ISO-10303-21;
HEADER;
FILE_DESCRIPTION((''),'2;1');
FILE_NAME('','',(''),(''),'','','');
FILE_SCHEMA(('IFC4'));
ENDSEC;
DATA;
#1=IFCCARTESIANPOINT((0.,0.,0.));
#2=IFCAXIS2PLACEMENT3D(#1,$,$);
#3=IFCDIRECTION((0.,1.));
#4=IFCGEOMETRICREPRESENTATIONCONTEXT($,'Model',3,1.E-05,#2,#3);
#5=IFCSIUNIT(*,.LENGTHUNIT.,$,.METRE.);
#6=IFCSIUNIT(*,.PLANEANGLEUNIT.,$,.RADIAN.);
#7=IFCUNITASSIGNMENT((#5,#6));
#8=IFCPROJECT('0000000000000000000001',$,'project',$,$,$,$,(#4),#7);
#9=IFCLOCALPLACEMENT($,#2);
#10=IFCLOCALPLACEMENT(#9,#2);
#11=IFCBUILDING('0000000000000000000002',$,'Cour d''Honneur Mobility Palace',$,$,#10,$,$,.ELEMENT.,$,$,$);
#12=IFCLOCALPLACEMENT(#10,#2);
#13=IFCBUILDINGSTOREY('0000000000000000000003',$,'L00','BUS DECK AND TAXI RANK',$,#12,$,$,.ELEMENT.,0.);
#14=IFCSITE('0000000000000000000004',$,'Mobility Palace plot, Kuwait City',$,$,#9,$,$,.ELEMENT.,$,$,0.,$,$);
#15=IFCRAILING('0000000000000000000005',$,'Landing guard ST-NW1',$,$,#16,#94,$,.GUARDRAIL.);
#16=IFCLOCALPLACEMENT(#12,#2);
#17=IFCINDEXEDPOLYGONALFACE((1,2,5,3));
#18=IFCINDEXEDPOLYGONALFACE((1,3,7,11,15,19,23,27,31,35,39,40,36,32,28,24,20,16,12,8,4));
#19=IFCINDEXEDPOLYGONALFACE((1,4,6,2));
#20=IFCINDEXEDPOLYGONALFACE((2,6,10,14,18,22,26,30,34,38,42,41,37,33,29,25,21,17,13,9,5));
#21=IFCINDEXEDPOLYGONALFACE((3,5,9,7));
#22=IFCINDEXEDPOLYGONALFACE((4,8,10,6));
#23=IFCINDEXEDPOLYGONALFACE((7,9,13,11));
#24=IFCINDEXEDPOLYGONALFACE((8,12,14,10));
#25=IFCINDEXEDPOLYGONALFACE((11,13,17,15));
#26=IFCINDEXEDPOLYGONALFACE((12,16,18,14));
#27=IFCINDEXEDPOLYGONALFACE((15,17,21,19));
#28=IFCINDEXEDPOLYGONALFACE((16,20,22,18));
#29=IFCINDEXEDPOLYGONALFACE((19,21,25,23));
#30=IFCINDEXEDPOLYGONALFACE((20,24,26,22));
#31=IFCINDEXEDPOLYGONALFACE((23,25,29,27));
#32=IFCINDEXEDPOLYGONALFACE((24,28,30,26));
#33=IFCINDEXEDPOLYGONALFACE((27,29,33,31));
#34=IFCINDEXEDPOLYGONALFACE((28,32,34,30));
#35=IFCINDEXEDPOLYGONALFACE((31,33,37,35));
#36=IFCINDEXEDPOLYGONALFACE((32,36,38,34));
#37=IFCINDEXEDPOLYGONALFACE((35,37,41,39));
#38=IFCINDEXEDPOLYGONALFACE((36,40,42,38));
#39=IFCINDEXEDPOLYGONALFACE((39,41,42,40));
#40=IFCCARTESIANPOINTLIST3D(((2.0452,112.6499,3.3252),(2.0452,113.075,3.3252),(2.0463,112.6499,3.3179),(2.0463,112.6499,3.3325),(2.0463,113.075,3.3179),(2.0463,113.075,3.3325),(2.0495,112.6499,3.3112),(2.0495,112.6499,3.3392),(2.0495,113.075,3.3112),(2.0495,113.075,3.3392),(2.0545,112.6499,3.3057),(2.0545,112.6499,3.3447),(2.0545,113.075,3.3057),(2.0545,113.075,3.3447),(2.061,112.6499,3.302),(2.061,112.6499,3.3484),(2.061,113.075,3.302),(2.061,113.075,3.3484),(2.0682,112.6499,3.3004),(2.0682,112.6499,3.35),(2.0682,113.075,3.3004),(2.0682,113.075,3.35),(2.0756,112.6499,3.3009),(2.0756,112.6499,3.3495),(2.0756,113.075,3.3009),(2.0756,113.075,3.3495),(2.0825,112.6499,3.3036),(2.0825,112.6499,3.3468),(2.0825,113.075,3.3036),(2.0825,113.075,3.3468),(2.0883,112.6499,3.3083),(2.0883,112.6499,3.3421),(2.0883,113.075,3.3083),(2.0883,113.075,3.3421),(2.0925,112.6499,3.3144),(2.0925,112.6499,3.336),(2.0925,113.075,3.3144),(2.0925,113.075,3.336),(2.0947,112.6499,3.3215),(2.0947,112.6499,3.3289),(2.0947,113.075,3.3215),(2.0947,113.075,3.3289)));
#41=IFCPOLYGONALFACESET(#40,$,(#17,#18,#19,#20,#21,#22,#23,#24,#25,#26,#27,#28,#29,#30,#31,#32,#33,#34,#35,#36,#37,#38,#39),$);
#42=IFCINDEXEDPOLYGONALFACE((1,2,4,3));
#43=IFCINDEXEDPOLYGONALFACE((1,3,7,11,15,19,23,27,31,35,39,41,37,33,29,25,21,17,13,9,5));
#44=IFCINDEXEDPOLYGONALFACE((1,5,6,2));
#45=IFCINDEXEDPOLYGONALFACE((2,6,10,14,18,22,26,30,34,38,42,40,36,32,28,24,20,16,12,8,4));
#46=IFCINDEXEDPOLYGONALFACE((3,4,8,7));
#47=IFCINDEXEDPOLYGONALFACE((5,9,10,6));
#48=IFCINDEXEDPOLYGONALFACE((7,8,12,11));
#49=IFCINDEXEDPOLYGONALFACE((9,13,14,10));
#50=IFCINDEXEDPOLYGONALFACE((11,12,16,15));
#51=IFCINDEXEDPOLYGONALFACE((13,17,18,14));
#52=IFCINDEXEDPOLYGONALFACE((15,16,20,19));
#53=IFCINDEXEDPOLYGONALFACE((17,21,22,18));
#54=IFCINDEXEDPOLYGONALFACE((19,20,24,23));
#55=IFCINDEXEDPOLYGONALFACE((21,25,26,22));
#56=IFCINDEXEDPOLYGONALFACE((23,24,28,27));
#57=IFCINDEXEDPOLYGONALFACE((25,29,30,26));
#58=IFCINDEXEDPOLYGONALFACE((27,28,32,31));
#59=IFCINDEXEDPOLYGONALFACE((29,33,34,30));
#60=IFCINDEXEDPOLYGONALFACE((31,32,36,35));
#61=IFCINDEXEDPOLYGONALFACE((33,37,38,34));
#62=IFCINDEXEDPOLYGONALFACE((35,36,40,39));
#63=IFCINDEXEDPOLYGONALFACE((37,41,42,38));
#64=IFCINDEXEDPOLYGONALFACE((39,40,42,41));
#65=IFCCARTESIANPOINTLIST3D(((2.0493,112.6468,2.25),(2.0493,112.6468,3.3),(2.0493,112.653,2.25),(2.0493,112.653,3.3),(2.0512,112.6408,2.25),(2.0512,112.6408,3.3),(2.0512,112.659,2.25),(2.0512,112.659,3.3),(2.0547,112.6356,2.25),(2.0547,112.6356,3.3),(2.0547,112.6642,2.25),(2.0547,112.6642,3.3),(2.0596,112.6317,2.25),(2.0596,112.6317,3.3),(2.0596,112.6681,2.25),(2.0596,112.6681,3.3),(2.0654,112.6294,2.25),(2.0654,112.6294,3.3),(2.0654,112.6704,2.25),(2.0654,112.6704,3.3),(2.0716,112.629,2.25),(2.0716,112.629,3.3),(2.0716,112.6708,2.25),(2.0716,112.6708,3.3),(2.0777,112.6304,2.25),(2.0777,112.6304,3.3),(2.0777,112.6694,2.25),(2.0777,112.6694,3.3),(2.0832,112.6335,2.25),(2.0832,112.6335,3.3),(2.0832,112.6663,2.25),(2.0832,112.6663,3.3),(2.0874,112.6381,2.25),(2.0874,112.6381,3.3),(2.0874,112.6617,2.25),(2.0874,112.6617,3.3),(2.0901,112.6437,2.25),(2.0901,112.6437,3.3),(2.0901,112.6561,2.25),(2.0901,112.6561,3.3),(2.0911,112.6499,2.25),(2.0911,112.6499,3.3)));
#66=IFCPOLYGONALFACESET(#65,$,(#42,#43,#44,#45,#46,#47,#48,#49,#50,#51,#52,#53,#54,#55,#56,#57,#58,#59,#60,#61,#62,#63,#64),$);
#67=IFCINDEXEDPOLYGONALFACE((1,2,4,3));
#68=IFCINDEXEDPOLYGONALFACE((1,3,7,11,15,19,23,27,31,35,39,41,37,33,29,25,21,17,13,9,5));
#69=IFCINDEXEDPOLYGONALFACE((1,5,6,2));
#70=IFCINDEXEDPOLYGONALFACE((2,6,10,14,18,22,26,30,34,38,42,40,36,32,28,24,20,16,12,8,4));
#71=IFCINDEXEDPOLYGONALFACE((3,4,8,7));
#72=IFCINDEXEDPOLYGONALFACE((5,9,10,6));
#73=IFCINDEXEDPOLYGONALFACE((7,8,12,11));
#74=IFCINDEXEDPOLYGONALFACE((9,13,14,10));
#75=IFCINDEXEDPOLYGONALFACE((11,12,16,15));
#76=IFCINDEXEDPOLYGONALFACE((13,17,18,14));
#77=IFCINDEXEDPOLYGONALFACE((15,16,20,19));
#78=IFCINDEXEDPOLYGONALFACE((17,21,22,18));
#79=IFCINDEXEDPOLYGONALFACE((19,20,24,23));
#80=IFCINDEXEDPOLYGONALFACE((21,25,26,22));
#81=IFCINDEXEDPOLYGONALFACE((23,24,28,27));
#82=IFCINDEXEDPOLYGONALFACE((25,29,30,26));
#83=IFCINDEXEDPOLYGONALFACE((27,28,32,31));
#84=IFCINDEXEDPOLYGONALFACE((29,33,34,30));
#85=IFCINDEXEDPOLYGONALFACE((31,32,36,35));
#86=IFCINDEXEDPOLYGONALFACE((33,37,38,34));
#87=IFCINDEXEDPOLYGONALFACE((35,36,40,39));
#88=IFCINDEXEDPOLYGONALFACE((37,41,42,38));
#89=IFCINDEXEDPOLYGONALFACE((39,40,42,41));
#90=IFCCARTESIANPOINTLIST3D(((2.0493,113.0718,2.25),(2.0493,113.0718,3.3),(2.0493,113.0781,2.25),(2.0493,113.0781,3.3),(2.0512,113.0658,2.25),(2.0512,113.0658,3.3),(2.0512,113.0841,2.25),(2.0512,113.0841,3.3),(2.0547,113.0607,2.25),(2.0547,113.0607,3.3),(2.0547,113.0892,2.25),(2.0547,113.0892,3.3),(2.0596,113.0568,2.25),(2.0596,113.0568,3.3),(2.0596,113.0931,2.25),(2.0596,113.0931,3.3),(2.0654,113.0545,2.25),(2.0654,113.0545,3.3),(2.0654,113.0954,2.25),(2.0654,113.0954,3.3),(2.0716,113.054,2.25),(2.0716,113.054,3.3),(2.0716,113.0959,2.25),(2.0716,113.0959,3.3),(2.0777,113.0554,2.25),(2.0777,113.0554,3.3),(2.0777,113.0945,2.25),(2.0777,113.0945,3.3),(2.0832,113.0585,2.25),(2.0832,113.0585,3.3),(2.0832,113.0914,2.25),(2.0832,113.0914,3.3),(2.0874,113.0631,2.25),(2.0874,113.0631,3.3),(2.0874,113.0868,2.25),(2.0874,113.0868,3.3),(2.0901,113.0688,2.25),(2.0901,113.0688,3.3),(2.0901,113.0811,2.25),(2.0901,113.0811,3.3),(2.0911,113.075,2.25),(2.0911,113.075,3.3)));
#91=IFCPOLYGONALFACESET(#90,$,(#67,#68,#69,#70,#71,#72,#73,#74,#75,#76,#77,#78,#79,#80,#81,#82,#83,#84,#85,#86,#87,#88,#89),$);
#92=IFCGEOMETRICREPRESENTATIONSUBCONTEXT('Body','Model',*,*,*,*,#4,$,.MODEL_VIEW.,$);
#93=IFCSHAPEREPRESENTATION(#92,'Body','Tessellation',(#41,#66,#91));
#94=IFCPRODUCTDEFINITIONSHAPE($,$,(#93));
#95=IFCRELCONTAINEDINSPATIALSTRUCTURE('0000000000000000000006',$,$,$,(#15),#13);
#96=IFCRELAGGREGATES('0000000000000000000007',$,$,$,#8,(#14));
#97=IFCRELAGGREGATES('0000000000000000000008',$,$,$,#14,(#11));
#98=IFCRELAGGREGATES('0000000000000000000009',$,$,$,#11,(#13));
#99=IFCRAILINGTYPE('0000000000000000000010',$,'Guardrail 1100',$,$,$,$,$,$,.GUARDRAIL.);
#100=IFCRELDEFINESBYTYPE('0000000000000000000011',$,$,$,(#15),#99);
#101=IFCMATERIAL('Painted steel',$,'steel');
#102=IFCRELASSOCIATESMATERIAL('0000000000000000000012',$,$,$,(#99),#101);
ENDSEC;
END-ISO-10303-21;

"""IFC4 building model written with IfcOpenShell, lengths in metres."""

from ifc_helpers import new_model, si_unit, direction, frame, origin, origin_2d, place, context, subcontext, project, spatial, circle, extrude, material, type_object, element, save


model = new_model("IFC4")

# Units and contexts
model_context = context("Model", 3, precision=1e-05, world=origin(), true_north=direction((0.0, 1.0)))
body_context = subcontext(model_context, "Body", "Model", "MODEL_VIEW")
ifc_project = project(units=[si_unit("LENGTHUNIT", "METRE"), si_unit("PLANEANGLEUNIT", "RADIAN")], contexts=[model_context])

# Site, building, storey
site_placement = place(None, origin())
site = spatial("IfcSite", under=ifc_project, at=site_placement, Name="Mobility Palace plot, Kuwait City", CompositionType="ELEMENT", RefElevation=0.0)
building_placement = place(site_placement, origin())
building = spatial("IfcBuilding", under=site, at=building_placement, Name="Cour d'Honneur Mobility Palace", CompositionType="ELEMENT")
storey_placement = place(building_placement, origin())
storey = spatial("IfcBuildingStorey", under=building, at=storey_placement, Name="L00", Description="BUS DECK AND TAXI RANK", CompositionType="ELEMENT", Elevation=0.0)

# Railing
ifc_material_1 = material(Name="Painted steel", Category="steel")
railing_type_1 = type_object("IfcRailingType", Name="Guardrail 1100", PredefinedType="GUARDRAIL", material=ifc_material_1)
railing_placement = place(storey_placement, frame((2.0701, 112.6499, 2.25)))
element("IfcRailing", 1, at=railing_placement, inside=storey, type_object=railing_type_1, Name="Landing guard ST-NW1", PredefinedType="GUARDRAIL", context=body_context, shape_type="SweptSolid", body=[
    extrude(circle(Radius=0.0249, at=origin_2d()), frame((0.0, 0.0, 1.0752), z_axis=(0.0, 1.0, 0.0), x_axis=(-1.0, 0.0, 0.0)), (0.0, 0.0, 1.0), 0.425),
    extrude(circle(Radius=0.021, at=origin_2d()), origin(), (0.0, 0.0, 1.0), 1.05),
    extrude(circle(Radius=0.021, at=origin_2d()), frame((0.0, 0.425, 0.0)), (0.0, 0.0, 1.0), 1.05),
])

save(model, "model.ifc")
